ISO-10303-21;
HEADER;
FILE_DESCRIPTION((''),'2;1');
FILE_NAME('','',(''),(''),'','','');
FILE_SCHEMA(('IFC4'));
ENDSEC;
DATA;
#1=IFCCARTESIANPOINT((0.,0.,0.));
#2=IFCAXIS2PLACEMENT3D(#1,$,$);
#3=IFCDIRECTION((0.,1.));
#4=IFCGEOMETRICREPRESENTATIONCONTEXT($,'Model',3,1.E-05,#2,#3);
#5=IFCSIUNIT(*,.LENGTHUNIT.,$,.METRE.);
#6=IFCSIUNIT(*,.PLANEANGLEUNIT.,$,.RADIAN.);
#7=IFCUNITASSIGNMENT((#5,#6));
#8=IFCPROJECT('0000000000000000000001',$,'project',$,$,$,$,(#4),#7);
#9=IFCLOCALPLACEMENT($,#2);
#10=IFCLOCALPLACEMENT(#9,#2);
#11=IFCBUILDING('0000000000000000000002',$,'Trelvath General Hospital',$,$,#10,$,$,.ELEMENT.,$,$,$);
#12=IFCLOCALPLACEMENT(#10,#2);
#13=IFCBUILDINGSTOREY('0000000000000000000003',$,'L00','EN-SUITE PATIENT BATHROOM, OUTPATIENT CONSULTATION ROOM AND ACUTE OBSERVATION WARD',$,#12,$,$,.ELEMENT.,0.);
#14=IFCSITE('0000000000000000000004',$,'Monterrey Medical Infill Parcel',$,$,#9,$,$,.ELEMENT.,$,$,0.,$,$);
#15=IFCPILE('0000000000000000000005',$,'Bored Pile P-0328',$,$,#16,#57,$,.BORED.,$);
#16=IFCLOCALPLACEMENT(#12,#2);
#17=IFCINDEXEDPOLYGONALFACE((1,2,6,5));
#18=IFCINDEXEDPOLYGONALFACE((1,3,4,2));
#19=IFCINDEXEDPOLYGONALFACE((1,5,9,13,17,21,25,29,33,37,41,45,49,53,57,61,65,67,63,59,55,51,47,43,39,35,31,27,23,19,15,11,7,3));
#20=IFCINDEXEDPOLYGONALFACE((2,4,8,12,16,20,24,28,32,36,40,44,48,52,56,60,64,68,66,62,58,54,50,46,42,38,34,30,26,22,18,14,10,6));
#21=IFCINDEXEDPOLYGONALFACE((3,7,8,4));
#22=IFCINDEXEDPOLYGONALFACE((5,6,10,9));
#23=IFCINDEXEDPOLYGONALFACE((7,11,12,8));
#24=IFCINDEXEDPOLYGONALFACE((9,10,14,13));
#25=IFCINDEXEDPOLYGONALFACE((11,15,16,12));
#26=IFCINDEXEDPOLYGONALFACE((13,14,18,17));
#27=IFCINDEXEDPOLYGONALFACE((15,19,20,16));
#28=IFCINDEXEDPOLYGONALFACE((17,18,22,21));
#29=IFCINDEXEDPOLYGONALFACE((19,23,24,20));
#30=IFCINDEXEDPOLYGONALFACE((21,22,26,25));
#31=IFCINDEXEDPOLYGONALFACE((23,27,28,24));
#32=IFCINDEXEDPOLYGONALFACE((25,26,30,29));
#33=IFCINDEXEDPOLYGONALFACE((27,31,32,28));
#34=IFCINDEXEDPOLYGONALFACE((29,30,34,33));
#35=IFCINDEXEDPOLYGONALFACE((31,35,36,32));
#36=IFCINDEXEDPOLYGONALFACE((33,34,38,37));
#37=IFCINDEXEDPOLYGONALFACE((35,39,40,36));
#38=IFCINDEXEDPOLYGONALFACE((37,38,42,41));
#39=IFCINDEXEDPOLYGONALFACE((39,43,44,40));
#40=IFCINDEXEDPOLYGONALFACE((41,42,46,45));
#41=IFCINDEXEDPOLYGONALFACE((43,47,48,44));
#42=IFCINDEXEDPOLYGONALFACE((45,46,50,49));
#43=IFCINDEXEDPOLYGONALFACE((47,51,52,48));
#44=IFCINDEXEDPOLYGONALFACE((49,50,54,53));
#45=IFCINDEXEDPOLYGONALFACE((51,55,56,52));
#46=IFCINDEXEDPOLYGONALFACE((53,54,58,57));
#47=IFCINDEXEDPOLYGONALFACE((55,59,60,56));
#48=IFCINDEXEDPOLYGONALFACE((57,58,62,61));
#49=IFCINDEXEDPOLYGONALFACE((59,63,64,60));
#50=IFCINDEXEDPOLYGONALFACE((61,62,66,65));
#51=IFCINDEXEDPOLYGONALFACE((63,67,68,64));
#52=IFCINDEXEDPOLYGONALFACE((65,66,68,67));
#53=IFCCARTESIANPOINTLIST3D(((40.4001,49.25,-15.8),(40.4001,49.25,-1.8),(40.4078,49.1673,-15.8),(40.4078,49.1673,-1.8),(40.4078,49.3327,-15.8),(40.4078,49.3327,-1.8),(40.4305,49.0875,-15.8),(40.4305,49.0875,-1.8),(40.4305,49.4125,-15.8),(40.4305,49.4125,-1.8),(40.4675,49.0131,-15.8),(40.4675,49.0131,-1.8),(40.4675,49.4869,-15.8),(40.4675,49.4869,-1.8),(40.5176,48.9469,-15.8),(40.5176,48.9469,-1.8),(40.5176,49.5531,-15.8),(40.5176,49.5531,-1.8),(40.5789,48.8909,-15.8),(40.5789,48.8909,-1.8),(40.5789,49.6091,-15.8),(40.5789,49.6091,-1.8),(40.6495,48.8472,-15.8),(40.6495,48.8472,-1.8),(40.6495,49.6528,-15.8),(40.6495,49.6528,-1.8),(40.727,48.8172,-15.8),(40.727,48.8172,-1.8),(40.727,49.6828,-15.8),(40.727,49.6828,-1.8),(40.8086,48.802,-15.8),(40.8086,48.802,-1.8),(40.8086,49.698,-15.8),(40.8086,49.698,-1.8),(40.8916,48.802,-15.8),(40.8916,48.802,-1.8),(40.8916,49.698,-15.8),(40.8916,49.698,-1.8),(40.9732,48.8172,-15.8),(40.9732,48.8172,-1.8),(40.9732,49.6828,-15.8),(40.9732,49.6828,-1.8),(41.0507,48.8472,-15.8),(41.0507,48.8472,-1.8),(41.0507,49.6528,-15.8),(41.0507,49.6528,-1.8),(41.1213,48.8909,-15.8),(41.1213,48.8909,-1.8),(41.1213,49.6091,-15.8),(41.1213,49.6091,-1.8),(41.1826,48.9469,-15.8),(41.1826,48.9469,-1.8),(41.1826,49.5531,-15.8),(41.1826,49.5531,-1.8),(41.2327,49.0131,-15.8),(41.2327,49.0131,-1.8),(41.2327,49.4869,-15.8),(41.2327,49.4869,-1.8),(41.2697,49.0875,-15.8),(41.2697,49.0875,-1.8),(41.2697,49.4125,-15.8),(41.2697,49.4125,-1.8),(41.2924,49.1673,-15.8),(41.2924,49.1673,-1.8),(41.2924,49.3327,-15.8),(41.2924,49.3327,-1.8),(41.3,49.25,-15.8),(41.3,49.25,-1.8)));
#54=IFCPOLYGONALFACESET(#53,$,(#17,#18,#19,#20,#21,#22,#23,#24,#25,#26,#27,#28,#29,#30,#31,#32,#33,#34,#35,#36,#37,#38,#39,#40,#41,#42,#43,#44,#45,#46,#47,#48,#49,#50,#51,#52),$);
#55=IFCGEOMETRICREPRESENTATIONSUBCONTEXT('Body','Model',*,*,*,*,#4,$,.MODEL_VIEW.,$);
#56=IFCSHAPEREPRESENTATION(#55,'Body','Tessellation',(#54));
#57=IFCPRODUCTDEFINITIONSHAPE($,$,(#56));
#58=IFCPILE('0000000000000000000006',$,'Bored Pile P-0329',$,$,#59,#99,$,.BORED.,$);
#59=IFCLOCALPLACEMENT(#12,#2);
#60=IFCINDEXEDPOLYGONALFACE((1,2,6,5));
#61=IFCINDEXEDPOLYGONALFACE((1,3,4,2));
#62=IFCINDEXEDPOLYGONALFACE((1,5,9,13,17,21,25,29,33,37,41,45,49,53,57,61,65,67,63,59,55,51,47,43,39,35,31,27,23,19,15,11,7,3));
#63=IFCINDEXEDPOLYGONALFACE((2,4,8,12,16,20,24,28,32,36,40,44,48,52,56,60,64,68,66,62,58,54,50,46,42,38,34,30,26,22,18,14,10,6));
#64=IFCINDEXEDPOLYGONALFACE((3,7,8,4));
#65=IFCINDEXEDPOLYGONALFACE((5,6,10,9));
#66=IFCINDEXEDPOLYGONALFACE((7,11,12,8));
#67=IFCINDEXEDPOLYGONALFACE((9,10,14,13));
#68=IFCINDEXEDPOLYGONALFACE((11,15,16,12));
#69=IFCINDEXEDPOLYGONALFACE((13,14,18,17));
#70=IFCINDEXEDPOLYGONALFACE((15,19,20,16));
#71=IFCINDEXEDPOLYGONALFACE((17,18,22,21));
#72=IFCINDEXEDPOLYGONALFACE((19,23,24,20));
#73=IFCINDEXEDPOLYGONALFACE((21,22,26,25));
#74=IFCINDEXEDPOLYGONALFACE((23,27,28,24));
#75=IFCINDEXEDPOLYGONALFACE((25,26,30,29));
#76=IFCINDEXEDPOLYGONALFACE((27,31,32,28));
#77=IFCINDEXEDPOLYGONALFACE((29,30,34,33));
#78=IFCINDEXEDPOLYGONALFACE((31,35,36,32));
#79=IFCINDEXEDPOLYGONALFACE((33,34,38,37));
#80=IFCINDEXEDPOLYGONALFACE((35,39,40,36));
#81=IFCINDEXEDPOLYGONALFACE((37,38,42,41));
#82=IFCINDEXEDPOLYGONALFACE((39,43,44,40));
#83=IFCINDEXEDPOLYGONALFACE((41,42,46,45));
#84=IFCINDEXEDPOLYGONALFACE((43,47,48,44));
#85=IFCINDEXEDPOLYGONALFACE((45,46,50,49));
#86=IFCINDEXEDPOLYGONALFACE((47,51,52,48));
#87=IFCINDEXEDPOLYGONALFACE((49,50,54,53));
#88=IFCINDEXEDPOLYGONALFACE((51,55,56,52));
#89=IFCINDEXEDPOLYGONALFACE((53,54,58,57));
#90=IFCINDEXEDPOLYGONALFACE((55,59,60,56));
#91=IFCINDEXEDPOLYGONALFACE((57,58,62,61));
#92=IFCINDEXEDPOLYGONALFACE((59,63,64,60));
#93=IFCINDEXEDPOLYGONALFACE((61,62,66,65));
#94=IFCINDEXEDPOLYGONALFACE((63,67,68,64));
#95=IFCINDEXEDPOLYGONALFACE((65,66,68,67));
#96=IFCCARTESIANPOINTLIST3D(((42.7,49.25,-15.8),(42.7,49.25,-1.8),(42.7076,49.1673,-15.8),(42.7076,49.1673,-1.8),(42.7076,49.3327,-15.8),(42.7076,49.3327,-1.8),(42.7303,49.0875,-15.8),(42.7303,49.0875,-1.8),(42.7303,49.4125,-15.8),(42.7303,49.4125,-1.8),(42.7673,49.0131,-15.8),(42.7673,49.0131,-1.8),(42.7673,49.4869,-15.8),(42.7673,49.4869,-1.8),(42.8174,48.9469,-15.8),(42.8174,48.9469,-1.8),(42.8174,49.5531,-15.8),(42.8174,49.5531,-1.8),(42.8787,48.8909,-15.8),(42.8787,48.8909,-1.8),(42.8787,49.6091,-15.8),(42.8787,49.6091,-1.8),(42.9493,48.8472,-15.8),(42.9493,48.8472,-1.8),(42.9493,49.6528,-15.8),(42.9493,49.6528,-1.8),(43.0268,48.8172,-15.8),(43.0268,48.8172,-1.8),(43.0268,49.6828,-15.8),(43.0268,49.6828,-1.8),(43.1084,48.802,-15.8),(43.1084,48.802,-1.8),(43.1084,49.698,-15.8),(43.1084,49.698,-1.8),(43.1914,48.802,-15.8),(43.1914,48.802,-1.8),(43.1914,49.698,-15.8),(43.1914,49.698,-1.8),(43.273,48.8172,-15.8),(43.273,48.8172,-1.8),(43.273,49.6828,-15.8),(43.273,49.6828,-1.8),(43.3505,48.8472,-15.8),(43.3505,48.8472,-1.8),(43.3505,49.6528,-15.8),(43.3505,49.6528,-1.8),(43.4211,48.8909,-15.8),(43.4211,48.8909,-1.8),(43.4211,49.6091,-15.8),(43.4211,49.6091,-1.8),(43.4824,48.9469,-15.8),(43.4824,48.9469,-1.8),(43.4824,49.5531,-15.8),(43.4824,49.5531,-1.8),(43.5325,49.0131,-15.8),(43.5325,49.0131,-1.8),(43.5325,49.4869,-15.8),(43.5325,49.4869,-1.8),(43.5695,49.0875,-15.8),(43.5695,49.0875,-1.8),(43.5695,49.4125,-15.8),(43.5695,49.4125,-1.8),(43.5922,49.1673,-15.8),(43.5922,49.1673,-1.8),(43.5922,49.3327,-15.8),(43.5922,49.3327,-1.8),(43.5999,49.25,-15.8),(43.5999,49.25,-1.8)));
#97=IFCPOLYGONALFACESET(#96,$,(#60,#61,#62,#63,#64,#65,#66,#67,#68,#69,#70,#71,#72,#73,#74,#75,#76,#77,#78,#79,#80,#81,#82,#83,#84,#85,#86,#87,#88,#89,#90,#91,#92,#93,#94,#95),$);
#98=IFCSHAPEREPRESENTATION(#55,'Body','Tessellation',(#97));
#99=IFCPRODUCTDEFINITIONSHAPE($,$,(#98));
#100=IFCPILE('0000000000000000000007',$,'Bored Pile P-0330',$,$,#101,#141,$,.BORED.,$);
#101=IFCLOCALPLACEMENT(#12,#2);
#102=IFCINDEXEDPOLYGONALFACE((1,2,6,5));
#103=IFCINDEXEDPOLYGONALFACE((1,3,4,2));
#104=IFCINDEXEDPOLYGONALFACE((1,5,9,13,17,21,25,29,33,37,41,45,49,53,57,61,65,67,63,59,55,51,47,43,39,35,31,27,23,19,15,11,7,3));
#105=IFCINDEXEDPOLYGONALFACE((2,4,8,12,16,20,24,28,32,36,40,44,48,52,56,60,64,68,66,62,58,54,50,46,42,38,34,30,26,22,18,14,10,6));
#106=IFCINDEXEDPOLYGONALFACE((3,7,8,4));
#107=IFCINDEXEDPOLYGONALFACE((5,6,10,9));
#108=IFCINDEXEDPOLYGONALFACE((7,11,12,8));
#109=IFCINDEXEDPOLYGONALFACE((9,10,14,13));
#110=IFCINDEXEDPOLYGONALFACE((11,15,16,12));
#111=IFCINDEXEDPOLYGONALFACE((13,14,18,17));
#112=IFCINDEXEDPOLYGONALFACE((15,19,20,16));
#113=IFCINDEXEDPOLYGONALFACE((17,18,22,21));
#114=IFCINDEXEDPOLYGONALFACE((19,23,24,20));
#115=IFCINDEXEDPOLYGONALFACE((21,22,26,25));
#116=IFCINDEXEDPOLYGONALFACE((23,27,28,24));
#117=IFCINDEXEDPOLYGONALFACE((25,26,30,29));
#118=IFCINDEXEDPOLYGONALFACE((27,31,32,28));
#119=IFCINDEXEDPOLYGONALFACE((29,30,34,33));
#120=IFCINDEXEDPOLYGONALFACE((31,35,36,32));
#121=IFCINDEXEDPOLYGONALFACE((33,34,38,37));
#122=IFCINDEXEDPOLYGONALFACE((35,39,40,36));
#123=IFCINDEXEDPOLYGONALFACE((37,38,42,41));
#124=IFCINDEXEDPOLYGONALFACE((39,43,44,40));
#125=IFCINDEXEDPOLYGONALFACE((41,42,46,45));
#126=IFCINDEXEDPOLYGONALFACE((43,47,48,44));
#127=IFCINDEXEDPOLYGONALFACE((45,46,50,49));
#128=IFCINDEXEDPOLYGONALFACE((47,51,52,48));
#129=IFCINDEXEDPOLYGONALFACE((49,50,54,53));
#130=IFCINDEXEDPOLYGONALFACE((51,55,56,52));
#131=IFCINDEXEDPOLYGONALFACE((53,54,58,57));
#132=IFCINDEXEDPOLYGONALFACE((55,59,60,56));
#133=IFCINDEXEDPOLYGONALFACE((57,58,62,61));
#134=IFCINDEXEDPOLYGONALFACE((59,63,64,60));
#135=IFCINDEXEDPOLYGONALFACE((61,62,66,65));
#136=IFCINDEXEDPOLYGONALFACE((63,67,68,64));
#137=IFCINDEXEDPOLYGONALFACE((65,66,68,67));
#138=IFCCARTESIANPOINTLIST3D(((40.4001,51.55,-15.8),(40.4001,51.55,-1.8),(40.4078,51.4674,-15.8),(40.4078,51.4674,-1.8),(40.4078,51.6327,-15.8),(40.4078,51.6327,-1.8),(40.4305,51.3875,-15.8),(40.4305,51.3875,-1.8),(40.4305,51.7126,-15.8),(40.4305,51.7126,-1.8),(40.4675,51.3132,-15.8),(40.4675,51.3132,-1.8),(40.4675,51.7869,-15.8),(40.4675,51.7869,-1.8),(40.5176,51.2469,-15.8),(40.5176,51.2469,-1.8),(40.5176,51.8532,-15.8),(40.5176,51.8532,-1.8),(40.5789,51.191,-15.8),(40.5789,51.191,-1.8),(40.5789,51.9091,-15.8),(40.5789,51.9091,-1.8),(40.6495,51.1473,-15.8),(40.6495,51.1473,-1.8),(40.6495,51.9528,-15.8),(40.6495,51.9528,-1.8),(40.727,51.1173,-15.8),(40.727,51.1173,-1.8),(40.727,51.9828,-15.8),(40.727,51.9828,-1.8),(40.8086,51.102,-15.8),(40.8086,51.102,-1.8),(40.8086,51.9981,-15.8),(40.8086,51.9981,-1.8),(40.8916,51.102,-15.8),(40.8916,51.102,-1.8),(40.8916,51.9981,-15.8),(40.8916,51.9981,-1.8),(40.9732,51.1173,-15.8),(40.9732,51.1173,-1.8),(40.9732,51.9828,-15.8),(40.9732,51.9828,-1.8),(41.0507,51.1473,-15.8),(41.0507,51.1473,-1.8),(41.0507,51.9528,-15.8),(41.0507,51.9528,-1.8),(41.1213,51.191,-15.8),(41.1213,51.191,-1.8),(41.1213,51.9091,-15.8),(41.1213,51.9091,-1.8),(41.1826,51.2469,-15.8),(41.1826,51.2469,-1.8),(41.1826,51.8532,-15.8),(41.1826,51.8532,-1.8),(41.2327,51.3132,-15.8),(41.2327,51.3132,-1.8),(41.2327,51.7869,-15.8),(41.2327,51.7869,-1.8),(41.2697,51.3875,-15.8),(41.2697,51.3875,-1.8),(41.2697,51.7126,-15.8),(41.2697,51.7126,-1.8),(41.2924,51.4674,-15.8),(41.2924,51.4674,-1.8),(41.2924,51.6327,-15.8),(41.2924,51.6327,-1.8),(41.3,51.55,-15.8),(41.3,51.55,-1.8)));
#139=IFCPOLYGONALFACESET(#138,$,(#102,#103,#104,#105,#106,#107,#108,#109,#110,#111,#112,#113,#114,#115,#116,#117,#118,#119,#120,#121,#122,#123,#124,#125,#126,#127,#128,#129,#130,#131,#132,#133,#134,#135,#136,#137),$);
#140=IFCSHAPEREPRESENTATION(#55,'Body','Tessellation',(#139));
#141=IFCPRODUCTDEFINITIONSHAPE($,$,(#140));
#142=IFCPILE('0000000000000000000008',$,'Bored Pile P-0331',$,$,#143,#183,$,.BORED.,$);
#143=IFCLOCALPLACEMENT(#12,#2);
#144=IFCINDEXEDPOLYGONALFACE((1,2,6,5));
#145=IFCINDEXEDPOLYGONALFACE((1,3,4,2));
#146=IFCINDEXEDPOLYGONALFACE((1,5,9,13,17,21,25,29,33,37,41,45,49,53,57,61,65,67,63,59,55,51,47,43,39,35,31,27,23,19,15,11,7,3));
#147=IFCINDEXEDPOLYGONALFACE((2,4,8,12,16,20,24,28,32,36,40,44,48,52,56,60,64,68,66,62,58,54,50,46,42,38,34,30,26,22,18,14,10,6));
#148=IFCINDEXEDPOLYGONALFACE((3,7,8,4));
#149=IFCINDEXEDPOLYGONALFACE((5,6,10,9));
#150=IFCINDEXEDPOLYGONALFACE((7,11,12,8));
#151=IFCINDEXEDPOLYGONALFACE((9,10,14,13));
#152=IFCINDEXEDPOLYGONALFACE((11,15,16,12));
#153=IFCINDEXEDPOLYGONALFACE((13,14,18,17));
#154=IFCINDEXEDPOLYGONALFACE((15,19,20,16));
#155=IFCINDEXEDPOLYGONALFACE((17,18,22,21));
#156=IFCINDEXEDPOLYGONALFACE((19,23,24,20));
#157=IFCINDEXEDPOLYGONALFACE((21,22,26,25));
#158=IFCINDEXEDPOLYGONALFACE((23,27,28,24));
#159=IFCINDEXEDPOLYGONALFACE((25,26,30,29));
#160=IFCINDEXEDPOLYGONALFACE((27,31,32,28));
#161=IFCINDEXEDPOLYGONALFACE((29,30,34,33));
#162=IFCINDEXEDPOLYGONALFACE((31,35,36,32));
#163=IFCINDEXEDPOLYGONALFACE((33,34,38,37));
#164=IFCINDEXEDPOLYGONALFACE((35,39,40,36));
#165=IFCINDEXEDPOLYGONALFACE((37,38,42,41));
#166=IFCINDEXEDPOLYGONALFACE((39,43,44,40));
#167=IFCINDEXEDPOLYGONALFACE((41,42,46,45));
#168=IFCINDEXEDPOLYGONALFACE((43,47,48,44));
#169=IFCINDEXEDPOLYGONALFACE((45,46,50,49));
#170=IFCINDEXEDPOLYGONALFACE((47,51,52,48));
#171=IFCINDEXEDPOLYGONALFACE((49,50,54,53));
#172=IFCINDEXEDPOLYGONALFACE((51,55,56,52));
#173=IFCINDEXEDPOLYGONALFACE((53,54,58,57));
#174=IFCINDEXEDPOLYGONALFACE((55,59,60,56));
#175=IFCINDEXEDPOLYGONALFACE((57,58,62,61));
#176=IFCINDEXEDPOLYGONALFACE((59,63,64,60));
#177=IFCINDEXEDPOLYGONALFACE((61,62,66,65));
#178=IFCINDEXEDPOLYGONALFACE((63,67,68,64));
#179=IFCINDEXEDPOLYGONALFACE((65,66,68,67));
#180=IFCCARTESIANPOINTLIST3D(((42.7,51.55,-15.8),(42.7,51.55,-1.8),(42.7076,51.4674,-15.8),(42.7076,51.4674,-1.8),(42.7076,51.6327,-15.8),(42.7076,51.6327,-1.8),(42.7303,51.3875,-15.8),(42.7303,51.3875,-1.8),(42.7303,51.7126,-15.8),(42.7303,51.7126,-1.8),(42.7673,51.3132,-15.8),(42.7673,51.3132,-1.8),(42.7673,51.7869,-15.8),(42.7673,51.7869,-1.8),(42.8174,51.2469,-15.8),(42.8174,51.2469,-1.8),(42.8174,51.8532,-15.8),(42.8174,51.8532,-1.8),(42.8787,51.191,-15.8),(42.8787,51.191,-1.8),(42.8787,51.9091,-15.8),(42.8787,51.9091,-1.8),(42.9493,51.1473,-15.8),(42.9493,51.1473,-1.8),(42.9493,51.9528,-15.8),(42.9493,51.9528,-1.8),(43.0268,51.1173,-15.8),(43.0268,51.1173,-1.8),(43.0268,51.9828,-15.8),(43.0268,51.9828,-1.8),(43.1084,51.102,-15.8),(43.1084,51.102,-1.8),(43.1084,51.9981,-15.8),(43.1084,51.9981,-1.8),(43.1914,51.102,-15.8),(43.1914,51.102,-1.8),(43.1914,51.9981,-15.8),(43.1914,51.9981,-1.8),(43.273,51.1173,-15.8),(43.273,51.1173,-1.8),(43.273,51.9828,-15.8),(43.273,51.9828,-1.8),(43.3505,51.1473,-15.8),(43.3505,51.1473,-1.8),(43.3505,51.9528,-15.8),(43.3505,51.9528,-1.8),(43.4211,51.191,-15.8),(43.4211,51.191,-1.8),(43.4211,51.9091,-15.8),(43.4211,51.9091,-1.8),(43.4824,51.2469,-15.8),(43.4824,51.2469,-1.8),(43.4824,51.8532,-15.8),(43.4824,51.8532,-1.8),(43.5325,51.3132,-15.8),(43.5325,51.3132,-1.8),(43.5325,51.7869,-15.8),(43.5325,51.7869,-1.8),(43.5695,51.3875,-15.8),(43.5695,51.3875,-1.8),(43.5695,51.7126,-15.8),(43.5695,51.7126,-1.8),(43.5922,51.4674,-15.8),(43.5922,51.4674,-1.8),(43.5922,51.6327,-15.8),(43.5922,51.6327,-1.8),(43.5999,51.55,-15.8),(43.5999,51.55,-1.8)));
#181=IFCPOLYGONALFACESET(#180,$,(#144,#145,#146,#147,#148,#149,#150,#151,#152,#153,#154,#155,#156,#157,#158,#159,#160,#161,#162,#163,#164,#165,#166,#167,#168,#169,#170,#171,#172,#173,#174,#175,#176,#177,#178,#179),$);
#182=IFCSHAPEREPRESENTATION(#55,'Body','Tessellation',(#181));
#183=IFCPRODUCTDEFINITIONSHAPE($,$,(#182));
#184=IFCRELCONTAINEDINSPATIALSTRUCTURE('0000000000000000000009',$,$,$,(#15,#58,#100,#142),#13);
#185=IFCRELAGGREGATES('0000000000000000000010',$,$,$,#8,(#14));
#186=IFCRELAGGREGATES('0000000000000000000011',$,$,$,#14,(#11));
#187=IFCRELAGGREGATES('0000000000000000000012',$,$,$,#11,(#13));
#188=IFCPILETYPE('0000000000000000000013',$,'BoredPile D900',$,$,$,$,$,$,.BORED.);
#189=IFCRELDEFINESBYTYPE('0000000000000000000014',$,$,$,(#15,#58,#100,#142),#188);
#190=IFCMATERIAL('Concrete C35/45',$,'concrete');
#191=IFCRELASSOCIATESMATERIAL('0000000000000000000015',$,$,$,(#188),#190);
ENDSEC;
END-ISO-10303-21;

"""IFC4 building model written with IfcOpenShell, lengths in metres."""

from ifc_helpers import new_model, si_unit, direction, frame, origin, origin_2d, place, context, subcontext, project, spatial, circle, extrude, material, material_profile, profile_set, type_object, element, save


model = new_model("IFC4")

# Units and contexts
model_context = context("Model", 3, precision=1e-05, world=origin(), true_north=direction((0.0, 1.0)))
body_context = subcontext(model_context, "Body", "Model", "MODEL_VIEW")
ifc_project = project(units=[si_unit("LENGTHUNIT", "METRE"), si_unit("PLANEANGLEUNIT", "RADIAN")], contexts=[model_context])

# Site, building, storey
site_placement = place(None, origin())
site = spatial("IfcSite", under=ifc_project, at=site_placement, Name="Monterrey Medical Infill Parcel", CompositionType="ELEMENT", RefElevation=0.0)
building_placement = place(site_placement, origin())
building = spatial("IfcBuilding", under=site, at=building_placement, Name="Trelvath General Hospital", CompositionType="ELEMENT")
storey_placement = place(building_placement, origin())
storey = spatial("IfcBuildingStorey", under=building, at=storey_placement, Name="L00", Description="EN-SUITE PATIENT BATHROOM, OUTPATIENT CONSULTATION ROOM AND ACUTE OBSERVATION WARD", CompositionType="ELEMENT", Elevation=0.0)

# Piles
ifc_material_1 = material(Name="Concrete C35/45", Category="concrete")
ifc_material_profile_1 = material_profile(ifc_material_1, circle(Radius=0.45, at=origin_2d()), Name="PILE900")
ifc_profile_set_1 = profile_set([ifc_material_profile_1], Name="Concrete C35/45")
pile_type = type_object("IfcPileType", Name="BoredPile D900", PredefinedType="BORED", material=ifc_profile_set_1)
for number, where, z_axis, x_axis, name in (
    (1, (40.8501, 49.25, -1.8), (0.0, 0.0, -1.0), (1.0, 0.0, 0.0), "Bored Pile P-0328"),
    (2, (43.1499, 49.25, -1.8), (0.0, 0.0, -1.0), (1.0, 0.0, 0.0), "Bored Pile P-0329"),
    (3, (40.8501, 51.55, -1.8), (0.0, 0.0, -1.0), (1.0, 0.0, 0.0), "Bored Pile P-0330"),
    (4, (43.1499, 51.55, -1.8), (0.0, 0.0, -1.0), (1.0, 0.0, 0.0), "Bored Pile P-0331"),
):
    element("IfcPile", number, at=place(storey_placement, frame(where, z_axis=z_axis, x_axis=x_axis)), inside=storey, type_object=pile_type, Name=name, PredefinedType="BORED", context=body_context, shape_type="SweptSolid", body=[
        extrude(circle(Radius=0.45, at=origin_2d()), origin(), (0.0, 0.0, 1.0), 14.0),
    ])

save(model, "model.ifc")
